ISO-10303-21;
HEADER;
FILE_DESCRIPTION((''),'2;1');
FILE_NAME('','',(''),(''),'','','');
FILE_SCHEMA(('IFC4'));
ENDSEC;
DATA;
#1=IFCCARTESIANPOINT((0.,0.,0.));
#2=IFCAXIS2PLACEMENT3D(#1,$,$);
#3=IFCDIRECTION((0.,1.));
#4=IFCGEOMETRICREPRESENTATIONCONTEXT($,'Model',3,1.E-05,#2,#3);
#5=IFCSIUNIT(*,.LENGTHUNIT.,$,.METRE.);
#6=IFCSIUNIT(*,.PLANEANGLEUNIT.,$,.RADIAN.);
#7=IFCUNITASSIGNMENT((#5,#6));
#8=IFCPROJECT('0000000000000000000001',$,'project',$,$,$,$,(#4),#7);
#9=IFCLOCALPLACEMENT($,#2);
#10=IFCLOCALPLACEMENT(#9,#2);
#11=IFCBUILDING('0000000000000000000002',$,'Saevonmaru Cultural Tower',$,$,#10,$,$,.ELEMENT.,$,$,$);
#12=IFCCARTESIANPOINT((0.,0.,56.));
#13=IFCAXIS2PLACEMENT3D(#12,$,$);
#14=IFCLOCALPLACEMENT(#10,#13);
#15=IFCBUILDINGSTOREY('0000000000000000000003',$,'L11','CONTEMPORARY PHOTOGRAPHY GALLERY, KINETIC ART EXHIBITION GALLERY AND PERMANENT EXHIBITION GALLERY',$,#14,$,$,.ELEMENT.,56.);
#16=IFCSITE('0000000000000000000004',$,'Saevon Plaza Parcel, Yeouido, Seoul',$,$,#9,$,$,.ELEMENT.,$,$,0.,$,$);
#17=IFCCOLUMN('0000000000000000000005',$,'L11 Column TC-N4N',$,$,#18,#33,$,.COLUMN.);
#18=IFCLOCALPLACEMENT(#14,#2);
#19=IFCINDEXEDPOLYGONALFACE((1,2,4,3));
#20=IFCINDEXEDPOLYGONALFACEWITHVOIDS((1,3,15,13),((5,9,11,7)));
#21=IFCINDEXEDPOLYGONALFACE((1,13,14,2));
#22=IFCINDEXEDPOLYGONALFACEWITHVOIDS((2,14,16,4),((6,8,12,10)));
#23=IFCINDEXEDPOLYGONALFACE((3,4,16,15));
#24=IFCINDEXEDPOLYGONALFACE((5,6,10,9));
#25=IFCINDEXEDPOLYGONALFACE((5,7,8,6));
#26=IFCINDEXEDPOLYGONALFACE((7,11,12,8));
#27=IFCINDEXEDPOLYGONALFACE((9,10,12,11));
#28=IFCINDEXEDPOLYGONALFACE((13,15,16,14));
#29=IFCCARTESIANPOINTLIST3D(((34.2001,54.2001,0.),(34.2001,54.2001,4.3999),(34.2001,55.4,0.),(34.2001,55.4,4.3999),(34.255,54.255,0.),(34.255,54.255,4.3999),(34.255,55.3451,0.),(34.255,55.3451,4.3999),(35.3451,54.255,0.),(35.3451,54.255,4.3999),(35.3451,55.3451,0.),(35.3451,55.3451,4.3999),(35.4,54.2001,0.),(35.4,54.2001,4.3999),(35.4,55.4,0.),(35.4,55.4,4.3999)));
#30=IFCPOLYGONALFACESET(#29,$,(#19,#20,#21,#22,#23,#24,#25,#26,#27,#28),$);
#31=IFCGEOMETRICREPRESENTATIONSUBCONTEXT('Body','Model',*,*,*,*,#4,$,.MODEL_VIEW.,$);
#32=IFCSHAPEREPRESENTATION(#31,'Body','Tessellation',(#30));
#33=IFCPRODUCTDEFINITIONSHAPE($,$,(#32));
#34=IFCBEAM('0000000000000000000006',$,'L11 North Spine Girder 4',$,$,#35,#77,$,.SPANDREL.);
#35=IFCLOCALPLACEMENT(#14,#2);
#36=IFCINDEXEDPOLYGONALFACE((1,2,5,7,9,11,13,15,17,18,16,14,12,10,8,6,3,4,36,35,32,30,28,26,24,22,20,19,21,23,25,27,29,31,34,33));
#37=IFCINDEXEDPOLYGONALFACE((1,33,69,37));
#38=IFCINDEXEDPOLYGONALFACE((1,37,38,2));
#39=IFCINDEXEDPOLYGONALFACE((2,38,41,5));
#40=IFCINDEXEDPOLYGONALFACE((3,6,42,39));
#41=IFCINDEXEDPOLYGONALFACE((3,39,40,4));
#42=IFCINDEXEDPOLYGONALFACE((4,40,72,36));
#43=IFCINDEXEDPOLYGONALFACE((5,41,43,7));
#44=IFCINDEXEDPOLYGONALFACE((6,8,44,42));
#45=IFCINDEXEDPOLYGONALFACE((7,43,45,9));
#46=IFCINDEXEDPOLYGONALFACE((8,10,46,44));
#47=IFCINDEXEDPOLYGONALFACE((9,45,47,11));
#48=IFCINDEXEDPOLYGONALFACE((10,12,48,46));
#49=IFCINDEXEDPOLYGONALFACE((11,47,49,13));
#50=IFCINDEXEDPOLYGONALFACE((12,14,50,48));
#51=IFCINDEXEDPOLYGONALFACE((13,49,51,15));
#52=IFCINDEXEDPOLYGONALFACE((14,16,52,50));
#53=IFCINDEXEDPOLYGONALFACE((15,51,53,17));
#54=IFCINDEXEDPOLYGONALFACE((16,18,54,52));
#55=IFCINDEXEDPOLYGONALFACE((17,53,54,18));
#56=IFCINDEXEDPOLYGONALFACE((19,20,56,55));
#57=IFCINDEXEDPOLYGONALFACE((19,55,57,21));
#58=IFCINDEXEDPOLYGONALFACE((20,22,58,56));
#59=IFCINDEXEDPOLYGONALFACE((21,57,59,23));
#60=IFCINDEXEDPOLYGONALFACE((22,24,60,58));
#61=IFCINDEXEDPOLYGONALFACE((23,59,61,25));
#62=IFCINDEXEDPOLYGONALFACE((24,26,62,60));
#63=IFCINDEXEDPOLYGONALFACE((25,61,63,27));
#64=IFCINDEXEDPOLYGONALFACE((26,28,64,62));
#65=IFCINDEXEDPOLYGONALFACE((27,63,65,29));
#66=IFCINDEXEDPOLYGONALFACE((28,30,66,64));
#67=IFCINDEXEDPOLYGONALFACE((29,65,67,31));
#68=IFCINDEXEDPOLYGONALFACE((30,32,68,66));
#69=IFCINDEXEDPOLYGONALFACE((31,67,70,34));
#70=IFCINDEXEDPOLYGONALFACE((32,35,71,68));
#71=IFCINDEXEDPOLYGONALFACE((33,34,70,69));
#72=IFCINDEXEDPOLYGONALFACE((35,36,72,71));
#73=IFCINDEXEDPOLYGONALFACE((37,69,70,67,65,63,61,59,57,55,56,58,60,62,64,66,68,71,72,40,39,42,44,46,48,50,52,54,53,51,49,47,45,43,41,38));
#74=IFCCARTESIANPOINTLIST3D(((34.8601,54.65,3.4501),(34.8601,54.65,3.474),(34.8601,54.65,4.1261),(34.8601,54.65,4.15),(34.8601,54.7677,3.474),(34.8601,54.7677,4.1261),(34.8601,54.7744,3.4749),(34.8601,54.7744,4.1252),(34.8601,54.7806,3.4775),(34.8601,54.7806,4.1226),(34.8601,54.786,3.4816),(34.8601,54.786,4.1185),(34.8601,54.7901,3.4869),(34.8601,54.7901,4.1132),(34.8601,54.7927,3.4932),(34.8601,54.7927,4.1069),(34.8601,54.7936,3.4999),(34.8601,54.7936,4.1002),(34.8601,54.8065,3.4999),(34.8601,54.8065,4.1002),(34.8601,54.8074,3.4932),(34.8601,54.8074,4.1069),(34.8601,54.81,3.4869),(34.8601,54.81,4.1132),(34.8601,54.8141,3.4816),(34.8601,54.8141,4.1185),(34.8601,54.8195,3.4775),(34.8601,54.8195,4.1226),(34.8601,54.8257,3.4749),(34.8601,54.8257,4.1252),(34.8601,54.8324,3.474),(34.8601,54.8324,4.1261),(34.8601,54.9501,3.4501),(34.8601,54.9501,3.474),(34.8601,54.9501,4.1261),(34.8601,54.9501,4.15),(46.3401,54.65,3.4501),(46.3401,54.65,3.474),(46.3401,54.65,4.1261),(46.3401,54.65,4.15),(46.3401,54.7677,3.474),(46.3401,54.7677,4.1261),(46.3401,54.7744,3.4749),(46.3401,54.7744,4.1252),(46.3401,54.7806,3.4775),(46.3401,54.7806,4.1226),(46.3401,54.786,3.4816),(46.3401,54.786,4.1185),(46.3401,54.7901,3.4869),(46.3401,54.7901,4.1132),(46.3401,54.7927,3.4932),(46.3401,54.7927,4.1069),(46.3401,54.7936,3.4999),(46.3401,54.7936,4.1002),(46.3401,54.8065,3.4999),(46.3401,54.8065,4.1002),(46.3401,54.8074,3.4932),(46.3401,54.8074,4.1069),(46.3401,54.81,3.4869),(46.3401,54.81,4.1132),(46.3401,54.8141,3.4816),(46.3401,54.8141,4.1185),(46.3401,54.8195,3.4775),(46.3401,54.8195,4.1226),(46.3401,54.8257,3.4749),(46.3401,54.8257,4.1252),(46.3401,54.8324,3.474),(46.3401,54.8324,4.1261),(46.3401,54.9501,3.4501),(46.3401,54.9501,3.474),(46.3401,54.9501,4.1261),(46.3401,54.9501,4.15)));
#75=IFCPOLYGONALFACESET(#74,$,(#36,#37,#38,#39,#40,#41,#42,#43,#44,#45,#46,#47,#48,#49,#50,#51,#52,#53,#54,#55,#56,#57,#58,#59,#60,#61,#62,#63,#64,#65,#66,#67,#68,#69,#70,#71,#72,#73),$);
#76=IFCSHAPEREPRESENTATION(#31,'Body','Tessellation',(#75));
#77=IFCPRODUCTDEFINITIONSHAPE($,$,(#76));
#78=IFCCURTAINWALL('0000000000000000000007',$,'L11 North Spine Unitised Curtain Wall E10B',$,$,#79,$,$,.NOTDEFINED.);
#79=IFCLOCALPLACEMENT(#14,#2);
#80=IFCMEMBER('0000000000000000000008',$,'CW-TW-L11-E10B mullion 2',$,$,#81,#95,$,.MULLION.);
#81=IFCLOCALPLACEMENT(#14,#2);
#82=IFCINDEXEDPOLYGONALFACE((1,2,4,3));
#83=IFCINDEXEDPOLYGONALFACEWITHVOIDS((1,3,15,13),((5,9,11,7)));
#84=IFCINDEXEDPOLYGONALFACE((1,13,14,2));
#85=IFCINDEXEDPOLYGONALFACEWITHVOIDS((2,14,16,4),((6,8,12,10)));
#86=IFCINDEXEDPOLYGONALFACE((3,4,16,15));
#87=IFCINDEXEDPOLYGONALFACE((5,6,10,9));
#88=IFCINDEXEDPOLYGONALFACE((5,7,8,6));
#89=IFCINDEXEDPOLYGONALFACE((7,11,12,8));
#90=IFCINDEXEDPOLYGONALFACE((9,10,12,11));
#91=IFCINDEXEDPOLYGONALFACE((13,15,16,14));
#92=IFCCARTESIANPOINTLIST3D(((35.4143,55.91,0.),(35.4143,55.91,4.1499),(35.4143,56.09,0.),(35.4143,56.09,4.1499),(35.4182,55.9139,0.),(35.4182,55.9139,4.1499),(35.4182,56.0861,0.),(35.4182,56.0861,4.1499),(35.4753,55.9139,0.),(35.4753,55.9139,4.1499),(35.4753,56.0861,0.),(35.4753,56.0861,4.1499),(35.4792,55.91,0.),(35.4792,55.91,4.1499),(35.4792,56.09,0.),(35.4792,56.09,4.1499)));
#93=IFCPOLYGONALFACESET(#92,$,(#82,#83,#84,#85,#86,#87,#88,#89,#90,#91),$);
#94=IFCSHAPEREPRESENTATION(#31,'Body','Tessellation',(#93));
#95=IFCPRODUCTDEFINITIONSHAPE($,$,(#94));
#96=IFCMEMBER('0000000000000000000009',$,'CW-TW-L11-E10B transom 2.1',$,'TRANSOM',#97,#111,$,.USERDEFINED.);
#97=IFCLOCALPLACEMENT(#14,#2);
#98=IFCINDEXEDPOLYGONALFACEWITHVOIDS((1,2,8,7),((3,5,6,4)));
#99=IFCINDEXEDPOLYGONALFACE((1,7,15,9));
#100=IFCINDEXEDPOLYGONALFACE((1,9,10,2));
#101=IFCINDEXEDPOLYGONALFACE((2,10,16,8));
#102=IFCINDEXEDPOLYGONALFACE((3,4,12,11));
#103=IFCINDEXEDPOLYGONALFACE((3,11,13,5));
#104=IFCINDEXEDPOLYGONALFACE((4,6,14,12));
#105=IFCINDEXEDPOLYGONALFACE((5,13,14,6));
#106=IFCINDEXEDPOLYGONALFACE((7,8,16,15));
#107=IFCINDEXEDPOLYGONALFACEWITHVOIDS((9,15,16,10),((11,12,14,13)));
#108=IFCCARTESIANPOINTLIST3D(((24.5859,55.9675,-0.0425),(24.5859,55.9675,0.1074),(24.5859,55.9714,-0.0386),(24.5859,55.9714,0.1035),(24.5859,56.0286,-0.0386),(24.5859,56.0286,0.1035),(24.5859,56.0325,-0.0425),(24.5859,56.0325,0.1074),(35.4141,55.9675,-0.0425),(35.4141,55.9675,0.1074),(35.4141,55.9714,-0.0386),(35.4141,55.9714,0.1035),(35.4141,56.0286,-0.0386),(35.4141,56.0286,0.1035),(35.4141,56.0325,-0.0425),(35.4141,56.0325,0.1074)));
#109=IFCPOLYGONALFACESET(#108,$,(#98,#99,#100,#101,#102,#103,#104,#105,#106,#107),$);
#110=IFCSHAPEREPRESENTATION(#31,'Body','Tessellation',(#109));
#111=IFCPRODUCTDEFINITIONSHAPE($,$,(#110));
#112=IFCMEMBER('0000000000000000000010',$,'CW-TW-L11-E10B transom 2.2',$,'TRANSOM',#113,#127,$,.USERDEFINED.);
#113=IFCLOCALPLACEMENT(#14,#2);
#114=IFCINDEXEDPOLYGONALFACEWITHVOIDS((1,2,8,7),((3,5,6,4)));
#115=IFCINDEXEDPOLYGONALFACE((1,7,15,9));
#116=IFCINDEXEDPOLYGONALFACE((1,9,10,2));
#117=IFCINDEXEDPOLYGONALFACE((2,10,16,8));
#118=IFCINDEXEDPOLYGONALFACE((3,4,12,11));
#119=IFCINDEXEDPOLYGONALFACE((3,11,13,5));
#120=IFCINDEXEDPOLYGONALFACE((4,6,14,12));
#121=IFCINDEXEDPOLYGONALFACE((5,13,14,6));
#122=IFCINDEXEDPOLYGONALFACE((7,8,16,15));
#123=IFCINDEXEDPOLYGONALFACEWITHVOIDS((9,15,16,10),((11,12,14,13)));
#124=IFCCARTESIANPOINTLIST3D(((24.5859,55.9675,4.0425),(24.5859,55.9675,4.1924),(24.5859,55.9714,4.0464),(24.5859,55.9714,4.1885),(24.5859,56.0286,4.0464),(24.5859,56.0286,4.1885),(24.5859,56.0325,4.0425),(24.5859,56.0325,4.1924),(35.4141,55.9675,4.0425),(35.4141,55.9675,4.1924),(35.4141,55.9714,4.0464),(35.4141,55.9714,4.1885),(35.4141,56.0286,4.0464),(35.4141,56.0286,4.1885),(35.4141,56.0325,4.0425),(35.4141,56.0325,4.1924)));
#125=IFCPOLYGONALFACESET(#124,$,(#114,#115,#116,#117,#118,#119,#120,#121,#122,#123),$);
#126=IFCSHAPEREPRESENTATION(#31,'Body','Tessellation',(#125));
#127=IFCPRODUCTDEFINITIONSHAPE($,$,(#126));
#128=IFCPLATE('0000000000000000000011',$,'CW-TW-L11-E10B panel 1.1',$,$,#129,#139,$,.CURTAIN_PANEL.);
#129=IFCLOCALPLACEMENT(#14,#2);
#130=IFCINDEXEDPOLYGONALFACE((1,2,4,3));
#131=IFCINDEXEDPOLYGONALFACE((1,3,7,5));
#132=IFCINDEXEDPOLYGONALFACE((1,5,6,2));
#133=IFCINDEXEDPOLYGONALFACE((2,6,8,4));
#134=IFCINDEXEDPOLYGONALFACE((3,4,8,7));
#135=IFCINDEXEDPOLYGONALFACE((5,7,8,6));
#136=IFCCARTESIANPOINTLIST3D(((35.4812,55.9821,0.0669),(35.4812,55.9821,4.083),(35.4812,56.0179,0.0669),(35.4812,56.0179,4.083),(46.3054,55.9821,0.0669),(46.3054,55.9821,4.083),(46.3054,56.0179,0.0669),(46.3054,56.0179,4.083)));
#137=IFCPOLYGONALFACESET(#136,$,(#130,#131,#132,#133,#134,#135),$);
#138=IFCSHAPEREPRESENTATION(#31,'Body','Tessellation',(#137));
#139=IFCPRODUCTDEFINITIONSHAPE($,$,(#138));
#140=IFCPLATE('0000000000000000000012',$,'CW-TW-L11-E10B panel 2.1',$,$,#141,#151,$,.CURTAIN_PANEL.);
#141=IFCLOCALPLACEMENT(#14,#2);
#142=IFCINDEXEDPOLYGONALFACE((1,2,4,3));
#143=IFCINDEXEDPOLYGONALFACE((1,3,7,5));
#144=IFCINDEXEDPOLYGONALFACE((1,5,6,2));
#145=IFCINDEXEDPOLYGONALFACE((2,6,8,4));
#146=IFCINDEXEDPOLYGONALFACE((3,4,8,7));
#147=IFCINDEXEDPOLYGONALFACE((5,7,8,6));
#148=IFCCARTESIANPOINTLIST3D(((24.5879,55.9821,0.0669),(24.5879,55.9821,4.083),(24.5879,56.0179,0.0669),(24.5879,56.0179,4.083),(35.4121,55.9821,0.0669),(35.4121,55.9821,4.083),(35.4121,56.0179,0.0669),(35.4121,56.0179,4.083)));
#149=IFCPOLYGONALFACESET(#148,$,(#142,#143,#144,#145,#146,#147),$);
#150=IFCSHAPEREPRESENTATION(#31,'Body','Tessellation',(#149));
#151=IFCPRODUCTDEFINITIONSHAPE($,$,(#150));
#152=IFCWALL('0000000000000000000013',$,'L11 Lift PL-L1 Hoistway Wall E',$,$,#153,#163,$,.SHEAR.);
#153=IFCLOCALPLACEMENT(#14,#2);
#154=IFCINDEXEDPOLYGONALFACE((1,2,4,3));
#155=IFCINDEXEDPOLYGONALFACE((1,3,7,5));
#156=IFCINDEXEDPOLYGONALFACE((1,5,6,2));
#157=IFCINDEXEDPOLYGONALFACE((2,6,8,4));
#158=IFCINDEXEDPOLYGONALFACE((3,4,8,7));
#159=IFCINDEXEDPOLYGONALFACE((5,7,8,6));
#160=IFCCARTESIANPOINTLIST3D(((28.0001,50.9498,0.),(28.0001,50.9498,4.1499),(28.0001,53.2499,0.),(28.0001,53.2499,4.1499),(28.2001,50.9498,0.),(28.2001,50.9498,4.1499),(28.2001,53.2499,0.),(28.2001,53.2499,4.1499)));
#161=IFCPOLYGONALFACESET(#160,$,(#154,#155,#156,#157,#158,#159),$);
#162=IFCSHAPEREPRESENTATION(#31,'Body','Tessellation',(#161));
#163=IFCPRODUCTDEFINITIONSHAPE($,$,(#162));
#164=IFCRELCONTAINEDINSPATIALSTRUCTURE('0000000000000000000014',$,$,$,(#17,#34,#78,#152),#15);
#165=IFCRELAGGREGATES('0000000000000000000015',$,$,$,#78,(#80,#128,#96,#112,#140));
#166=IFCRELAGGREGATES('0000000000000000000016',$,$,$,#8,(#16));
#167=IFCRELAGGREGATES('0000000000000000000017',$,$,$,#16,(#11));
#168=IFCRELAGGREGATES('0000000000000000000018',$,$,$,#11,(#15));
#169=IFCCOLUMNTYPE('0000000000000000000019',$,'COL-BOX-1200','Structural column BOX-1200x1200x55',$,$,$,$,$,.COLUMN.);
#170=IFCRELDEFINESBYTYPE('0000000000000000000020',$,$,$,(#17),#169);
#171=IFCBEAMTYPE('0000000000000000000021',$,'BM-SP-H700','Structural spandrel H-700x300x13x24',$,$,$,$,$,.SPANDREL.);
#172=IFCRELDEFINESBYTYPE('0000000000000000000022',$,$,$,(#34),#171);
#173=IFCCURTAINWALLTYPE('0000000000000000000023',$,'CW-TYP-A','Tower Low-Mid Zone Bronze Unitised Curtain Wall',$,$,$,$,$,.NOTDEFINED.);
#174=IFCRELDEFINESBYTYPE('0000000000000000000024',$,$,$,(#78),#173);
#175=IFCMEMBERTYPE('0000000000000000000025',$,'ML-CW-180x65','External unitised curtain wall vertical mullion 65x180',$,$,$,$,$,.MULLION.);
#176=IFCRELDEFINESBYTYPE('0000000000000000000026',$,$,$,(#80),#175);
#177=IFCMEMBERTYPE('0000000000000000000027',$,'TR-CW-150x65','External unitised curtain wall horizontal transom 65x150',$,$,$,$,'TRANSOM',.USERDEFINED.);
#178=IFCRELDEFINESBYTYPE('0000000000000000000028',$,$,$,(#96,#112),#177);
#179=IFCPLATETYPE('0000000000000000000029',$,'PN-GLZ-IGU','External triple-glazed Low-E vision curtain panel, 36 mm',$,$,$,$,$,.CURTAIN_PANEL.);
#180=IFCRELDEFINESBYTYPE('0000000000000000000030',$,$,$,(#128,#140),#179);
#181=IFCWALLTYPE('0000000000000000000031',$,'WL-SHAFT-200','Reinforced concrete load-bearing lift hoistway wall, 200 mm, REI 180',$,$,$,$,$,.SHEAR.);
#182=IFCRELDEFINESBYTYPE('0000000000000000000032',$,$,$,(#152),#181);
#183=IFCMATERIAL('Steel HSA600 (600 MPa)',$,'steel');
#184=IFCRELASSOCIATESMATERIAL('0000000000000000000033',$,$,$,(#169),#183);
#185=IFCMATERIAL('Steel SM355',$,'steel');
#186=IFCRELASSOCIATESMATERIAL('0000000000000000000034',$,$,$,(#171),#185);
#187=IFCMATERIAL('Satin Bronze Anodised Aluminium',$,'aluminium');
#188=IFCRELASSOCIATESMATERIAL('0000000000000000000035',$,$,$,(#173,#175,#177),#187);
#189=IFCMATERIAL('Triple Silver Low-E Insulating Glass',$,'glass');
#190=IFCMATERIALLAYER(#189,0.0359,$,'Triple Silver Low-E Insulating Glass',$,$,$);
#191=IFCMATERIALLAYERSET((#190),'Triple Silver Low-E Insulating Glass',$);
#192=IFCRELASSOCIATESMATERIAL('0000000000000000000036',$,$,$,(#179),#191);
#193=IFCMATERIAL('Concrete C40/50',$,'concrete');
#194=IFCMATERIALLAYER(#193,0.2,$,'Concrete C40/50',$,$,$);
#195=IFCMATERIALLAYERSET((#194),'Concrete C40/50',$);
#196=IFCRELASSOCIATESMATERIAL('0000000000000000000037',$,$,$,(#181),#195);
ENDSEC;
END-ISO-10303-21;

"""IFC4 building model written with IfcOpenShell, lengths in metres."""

from ifc_helpers import new_model, si_unit, direction, frame, frame_2d, origin, origin_2d, place, context, subcontext, project, spatial, rectangle, hollow_rectangle, i_section, extrude, material, layer, layer_set, material_profile, profile_set, type_object, element, aggregate, save


model = new_model("IFC4")

# Units and contexts
model_context = context("Model", 3, precision=1e-05, world=origin(), true_north=direction((0.0, 1.0)))
body_context = subcontext(model_context, "Body", "Model", "MODEL_VIEW")
ifc_project = project(units=[si_unit("LENGTHUNIT", "METRE"), si_unit("PLANEANGLEUNIT", "RADIAN")], contexts=[model_context])

# Site, building, storey
site_placement = place(None, origin())
site = spatial("IfcSite", under=ifc_project, at=site_placement, Name="Saevon Plaza Parcel, Yeouido, Seoul", CompositionType="ELEMENT", RefElevation=0.0)
building_placement = place(site_placement, origin())
building = spatial("IfcBuilding", under=site, at=building_placement, Name="Saevonmaru Cultural Tower", CompositionType="ELEMENT")
storey_placement = place(building_placement, frame((0.0, 0.0, 56.0)))
storey = spatial("IfcBuildingStorey", under=building, at=storey_placement, Name="L11", Description="CONTEMPORARY PHOTOGRAPHY GALLERY, KINETIC ART EXHIBITION GALLERY AND PERMANENT EXHIBITION GALLERY", CompositionType="ELEMENT", Elevation=56.0)

# Column
ifc_material_1 = material(Name="Steel HSA600 (600 MPa)", Category="steel")
ifc_material_profile_1 = material_profile(ifc_material_1, hollow_rectangle(XDim=1.2, YDim=1.2, WallThickness=0.0549, at=origin_2d()), Name="BOX-1200x1200x55")
ifc_profile_set_1 = profile_set([ifc_material_profile_1], Name="Steel HSA600 (600 MPa)")
column_type = type_object("IfcColumnType", Name="COL-BOX-1200", Description="Structural column BOX-1200x1200x55", PredefinedType="COLUMN", material=ifc_profile_set_1)
column_placement = place(storey_placement, frame((34.8, 54.8, 0.0), z_axis=(0.0, 0.0, 1.0), x_axis=(1.0, 0.0, 0.0)))
element("IfcColumn", 1, at=column_placement, inside=storey, type_object=column_type, Name="L11 Column TC-N4N", PredefinedType="COLUMN", context=body_context, shape_type="SweptSolid", body=[
    extrude(hollow_rectangle(XDim=1.2, YDim=1.2, WallThickness=0.0549, at=origin_2d()), origin(), (0.0, 0.0, 1.0), 4.3999),
])

# Beam
ifc_material_2 = material(Name="Steel SM355", Category="steel")
ifc_material_profile_2 = material_profile(ifc_material_2, i_section(OverallWidth=0.3, OverallDepth=0.7, WebThickness=0.0129, FlangeThickness=0.0239, FilletRadius=0.0259, at=origin_2d()), Name="H-700x300x13x24")
ifc_profile_set_2 = profile_set([ifc_material_profile_2], Name="Steel SM355")
beam_type = type_object("IfcBeamType", Name="BM-SP-H700", Description="Structural spandrel H-700x300x13x24", PredefinedType="SPANDREL", material=ifc_profile_set_2)
beam_placement = place(storey_placement, frame((34.8601, 54.8, 3.8), z_axis=(1.0, 0.0, 0.0), x_axis=(0.0, 1.0, 0.0)))
element("IfcBeam", 2, at=beam_placement, inside=storey, type_object=beam_type, Name="L11 North Spine Girder 4", PredefinedType="SPANDREL", context=body_context, shape_type="SweptSolid", body=[
    extrude(i_section(OverallWidth=0.3, OverallDepth=0.7, WebThickness=0.0129, FlangeThickness=0.0239, FilletRadius=0.0259, at=origin_2d()), origin(), (0.0, 0.0, 1.0), 11.48),
])

# Curtain wall, members, plates
ifc_material_3 = material(Name="Satin Bronze Anodised Aluminium", Category="aluminium")
curtain_wall_type = type_object("IfcCurtainWallType", Name="CW-TYP-A", Description="Tower Low-Mid Zone Bronze Unitised Curtain Wall", PredefinedType="NOTDEFINED", material=ifc_material_3)
curtain_wall_placement = place(storey_placement, origin())
curtain_wall = element("IfcCurtainWall", 3, at=curtain_wall_placement, inside=storey, type_object=curtain_wall_type, Name="L11 North Spine Unitised Curtain Wall E10B", PredefinedType="NOTDEFINED")
ifc_material_profile_3 = material_profile(ifc_material_3, hollow_rectangle(XDim=0.0649, YDim=0.1799, WallThickness=0.0039, at=origin_2d()), Name="ALU-MULL-180x65x4")
ifc_profile_set_3 = profile_set([ifc_material_profile_3], Name="Satin Bronze Anodised Aluminium")
member_type_1 = type_object("IfcMemberType", Name="ML-CW-180x65", Description="External unitised curtain wall vertical mullion 65x180", PredefinedType="MULLION", material=ifc_profile_set_3)
member_1_placement = place(storey_placement, frame((35.4468, 56.0, 0.0), z_axis=(0.0, 0.0, 1.0), x_axis=(-1.0, 0.0, 0.0)))
member_1 = element("IfcMember", 4, at=member_1_placement, type_object=member_type_1, Name="CW-TW-L11-E10B mullion 2", PredefinedType="MULLION", context=body_context, shape_type="SweptSolid", body=[
    extrude(hollow_rectangle(XDim=0.0649, YDim=0.1799, WallThickness=0.0039, at=origin_2d()), origin(), (0.0, 0.0, 1.0), 4.1499),
])
ifc_material_profile_4 = material_profile(ifc_material_3, hollow_rectangle(XDim=0.0649, YDim=0.1499, WallThickness=0.0039, at=origin_2d()), Name="ALU-TRAN-150x65x4")
ifc_profile_set_4 = profile_set([ifc_material_profile_4], Name="Satin Bronze Anodised Aluminium")
member_type_2 = type_object("IfcMemberType", Name="TR-CW-150x65", Description="External unitised curtain wall horizontal transom 65x150", ElementType="TRANSOM", PredefinedType="USERDEFINED", material=ifc_profile_set_4)
member_2_placement = place(storey_placement, frame((35.4141, 56.0, 0.0325), z_axis=(-1.0, 0.0, 0.0), x_axis=(0.0, -1.0, 0.0)))
member_2 = element("IfcMember", 5, at=member_2_placement, type_object=member_type_2, Name="CW-TW-L11-E10B transom 2.1", ObjectType="TRANSOM", PredefinedType="USERDEFINED", context=body_context, shape_type="SweptSolid", body=[
    extrude(hollow_rectangle(XDim=0.0649, YDim=0.1499, WallThickness=0.0039, at=origin_2d()), origin(), (0.0, 0.0, 1.0), 10.8281),
])
member_3_placement = place(storey_placement, frame((35.4141, 56.0, 4.1174), z_axis=(-1.0, 0.0, 0.0), x_axis=(0.0, -1.0, 0.0)))
member_3 = element("IfcMember", 6, at=member_3_placement, type_object=member_type_2, Name="CW-TW-L11-E10B transom 2.2", ObjectType="TRANSOM", PredefinedType="USERDEFINED", context=body_context, shape_type="SweptSolid", body=[
    extrude(hollow_rectangle(XDim=0.0649, YDim=0.1499, WallThickness=0.0039, at=origin_2d()), origin(), (0.0, 0.0, 1.0), 10.8281),
])
ifc_material_4 = material(Name="Triple Silver Low-E Insulating Glass", Category="glass")
ifc_layer_1 = layer(ifc_material_4, 0.0359, Name="Triple Silver Low-E Insulating Glass")
ifc_layer_set_1 = layer_set([ifc_layer_1], Name="Triple Silver Low-E Insulating Glass")
plate_type = type_object("IfcPlateType", Name="PN-GLZ-IGU", Description="External triple-glazed Low-E vision curtain panel, 36 mm", PredefinedType="CURTAIN_PANEL", material=ifc_layer_set_1)
plate_1_placement = place(storey_placement, frame((40.8933, 56.0, 0.0669), z_axis=(0.0, 0.0, 1.0), x_axis=(-1.0, 0.0, 0.0)))
plate_1 = element("IfcPlate", 7, at=plate_1_placement, type_object=plate_type, Name="CW-TW-L11-E10B panel 1.1", PredefinedType="CURTAIN_PANEL", context=body_context, shape_type="SweptSolid", body=[
    extrude(rectangle(XDim=10.8242, YDim=0.0359, at=origin_2d()), origin(), (0.0, 0.0, 1.0), 4.0161),
])
plate_2_placement = place(storey_placement, frame((30.0, 56.0, 0.0669), z_axis=(0.0, 0.0, 1.0), x_axis=(-1.0, 0.0, 0.0)))
plate_2 = element("IfcPlate", 8, at=plate_2_placement, type_object=plate_type, Name="CW-TW-L11-E10B panel 2.1", PredefinedType="CURTAIN_PANEL", context=body_context, shape_type="SweptSolid", body=[
    extrude(rectangle(XDim=10.8242, YDim=0.0359, at=origin_2d()), origin(), (0.0, 0.0, 1.0), 4.0161),
])
aggregate(curtain_wall, [member_1, plate_1, member_2, member_3, plate_2])

# Wall
ifc_material_5 = material(Name="Concrete C40/50", Category="concrete")
ifc_layer_2 = layer(ifc_material_5, 0.2, Name="Concrete C40/50")
ifc_layer_set_2 = layer_set([ifc_layer_2], Name="Concrete C40/50")
wall_type_1 = type_object("IfcWallType", Name="WL-SHAFT-200", Description="Reinforced concrete load-bearing lift hoistway wall, 200 mm, REI 180", PredefinedType="SHEAR", material=ifc_layer_set_2)
wall_1_placement = place(storey_placement, frame((28.1001, 50.95, 0.0), z_axis=(0.0, 0.0, 1.0), x_axis=(0.0, 1.0, 0.0)))
element("IfcWall", 9, at=wall_1_placement, inside=storey, type_object=wall_type_1, Name="L11 Lift PL-L1 Hoistway Wall E", PredefinedType="SHEAR", context=body_context, shape_type="SweptSolid", body=[
    extrude(rectangle(XDim=2.3, YDim=0.2, at=frame_2d((1.1499, 0.0))), origin(), (0.0, 0.0, 1.0), 4.1499),
])

save(model, "model.ifc")
